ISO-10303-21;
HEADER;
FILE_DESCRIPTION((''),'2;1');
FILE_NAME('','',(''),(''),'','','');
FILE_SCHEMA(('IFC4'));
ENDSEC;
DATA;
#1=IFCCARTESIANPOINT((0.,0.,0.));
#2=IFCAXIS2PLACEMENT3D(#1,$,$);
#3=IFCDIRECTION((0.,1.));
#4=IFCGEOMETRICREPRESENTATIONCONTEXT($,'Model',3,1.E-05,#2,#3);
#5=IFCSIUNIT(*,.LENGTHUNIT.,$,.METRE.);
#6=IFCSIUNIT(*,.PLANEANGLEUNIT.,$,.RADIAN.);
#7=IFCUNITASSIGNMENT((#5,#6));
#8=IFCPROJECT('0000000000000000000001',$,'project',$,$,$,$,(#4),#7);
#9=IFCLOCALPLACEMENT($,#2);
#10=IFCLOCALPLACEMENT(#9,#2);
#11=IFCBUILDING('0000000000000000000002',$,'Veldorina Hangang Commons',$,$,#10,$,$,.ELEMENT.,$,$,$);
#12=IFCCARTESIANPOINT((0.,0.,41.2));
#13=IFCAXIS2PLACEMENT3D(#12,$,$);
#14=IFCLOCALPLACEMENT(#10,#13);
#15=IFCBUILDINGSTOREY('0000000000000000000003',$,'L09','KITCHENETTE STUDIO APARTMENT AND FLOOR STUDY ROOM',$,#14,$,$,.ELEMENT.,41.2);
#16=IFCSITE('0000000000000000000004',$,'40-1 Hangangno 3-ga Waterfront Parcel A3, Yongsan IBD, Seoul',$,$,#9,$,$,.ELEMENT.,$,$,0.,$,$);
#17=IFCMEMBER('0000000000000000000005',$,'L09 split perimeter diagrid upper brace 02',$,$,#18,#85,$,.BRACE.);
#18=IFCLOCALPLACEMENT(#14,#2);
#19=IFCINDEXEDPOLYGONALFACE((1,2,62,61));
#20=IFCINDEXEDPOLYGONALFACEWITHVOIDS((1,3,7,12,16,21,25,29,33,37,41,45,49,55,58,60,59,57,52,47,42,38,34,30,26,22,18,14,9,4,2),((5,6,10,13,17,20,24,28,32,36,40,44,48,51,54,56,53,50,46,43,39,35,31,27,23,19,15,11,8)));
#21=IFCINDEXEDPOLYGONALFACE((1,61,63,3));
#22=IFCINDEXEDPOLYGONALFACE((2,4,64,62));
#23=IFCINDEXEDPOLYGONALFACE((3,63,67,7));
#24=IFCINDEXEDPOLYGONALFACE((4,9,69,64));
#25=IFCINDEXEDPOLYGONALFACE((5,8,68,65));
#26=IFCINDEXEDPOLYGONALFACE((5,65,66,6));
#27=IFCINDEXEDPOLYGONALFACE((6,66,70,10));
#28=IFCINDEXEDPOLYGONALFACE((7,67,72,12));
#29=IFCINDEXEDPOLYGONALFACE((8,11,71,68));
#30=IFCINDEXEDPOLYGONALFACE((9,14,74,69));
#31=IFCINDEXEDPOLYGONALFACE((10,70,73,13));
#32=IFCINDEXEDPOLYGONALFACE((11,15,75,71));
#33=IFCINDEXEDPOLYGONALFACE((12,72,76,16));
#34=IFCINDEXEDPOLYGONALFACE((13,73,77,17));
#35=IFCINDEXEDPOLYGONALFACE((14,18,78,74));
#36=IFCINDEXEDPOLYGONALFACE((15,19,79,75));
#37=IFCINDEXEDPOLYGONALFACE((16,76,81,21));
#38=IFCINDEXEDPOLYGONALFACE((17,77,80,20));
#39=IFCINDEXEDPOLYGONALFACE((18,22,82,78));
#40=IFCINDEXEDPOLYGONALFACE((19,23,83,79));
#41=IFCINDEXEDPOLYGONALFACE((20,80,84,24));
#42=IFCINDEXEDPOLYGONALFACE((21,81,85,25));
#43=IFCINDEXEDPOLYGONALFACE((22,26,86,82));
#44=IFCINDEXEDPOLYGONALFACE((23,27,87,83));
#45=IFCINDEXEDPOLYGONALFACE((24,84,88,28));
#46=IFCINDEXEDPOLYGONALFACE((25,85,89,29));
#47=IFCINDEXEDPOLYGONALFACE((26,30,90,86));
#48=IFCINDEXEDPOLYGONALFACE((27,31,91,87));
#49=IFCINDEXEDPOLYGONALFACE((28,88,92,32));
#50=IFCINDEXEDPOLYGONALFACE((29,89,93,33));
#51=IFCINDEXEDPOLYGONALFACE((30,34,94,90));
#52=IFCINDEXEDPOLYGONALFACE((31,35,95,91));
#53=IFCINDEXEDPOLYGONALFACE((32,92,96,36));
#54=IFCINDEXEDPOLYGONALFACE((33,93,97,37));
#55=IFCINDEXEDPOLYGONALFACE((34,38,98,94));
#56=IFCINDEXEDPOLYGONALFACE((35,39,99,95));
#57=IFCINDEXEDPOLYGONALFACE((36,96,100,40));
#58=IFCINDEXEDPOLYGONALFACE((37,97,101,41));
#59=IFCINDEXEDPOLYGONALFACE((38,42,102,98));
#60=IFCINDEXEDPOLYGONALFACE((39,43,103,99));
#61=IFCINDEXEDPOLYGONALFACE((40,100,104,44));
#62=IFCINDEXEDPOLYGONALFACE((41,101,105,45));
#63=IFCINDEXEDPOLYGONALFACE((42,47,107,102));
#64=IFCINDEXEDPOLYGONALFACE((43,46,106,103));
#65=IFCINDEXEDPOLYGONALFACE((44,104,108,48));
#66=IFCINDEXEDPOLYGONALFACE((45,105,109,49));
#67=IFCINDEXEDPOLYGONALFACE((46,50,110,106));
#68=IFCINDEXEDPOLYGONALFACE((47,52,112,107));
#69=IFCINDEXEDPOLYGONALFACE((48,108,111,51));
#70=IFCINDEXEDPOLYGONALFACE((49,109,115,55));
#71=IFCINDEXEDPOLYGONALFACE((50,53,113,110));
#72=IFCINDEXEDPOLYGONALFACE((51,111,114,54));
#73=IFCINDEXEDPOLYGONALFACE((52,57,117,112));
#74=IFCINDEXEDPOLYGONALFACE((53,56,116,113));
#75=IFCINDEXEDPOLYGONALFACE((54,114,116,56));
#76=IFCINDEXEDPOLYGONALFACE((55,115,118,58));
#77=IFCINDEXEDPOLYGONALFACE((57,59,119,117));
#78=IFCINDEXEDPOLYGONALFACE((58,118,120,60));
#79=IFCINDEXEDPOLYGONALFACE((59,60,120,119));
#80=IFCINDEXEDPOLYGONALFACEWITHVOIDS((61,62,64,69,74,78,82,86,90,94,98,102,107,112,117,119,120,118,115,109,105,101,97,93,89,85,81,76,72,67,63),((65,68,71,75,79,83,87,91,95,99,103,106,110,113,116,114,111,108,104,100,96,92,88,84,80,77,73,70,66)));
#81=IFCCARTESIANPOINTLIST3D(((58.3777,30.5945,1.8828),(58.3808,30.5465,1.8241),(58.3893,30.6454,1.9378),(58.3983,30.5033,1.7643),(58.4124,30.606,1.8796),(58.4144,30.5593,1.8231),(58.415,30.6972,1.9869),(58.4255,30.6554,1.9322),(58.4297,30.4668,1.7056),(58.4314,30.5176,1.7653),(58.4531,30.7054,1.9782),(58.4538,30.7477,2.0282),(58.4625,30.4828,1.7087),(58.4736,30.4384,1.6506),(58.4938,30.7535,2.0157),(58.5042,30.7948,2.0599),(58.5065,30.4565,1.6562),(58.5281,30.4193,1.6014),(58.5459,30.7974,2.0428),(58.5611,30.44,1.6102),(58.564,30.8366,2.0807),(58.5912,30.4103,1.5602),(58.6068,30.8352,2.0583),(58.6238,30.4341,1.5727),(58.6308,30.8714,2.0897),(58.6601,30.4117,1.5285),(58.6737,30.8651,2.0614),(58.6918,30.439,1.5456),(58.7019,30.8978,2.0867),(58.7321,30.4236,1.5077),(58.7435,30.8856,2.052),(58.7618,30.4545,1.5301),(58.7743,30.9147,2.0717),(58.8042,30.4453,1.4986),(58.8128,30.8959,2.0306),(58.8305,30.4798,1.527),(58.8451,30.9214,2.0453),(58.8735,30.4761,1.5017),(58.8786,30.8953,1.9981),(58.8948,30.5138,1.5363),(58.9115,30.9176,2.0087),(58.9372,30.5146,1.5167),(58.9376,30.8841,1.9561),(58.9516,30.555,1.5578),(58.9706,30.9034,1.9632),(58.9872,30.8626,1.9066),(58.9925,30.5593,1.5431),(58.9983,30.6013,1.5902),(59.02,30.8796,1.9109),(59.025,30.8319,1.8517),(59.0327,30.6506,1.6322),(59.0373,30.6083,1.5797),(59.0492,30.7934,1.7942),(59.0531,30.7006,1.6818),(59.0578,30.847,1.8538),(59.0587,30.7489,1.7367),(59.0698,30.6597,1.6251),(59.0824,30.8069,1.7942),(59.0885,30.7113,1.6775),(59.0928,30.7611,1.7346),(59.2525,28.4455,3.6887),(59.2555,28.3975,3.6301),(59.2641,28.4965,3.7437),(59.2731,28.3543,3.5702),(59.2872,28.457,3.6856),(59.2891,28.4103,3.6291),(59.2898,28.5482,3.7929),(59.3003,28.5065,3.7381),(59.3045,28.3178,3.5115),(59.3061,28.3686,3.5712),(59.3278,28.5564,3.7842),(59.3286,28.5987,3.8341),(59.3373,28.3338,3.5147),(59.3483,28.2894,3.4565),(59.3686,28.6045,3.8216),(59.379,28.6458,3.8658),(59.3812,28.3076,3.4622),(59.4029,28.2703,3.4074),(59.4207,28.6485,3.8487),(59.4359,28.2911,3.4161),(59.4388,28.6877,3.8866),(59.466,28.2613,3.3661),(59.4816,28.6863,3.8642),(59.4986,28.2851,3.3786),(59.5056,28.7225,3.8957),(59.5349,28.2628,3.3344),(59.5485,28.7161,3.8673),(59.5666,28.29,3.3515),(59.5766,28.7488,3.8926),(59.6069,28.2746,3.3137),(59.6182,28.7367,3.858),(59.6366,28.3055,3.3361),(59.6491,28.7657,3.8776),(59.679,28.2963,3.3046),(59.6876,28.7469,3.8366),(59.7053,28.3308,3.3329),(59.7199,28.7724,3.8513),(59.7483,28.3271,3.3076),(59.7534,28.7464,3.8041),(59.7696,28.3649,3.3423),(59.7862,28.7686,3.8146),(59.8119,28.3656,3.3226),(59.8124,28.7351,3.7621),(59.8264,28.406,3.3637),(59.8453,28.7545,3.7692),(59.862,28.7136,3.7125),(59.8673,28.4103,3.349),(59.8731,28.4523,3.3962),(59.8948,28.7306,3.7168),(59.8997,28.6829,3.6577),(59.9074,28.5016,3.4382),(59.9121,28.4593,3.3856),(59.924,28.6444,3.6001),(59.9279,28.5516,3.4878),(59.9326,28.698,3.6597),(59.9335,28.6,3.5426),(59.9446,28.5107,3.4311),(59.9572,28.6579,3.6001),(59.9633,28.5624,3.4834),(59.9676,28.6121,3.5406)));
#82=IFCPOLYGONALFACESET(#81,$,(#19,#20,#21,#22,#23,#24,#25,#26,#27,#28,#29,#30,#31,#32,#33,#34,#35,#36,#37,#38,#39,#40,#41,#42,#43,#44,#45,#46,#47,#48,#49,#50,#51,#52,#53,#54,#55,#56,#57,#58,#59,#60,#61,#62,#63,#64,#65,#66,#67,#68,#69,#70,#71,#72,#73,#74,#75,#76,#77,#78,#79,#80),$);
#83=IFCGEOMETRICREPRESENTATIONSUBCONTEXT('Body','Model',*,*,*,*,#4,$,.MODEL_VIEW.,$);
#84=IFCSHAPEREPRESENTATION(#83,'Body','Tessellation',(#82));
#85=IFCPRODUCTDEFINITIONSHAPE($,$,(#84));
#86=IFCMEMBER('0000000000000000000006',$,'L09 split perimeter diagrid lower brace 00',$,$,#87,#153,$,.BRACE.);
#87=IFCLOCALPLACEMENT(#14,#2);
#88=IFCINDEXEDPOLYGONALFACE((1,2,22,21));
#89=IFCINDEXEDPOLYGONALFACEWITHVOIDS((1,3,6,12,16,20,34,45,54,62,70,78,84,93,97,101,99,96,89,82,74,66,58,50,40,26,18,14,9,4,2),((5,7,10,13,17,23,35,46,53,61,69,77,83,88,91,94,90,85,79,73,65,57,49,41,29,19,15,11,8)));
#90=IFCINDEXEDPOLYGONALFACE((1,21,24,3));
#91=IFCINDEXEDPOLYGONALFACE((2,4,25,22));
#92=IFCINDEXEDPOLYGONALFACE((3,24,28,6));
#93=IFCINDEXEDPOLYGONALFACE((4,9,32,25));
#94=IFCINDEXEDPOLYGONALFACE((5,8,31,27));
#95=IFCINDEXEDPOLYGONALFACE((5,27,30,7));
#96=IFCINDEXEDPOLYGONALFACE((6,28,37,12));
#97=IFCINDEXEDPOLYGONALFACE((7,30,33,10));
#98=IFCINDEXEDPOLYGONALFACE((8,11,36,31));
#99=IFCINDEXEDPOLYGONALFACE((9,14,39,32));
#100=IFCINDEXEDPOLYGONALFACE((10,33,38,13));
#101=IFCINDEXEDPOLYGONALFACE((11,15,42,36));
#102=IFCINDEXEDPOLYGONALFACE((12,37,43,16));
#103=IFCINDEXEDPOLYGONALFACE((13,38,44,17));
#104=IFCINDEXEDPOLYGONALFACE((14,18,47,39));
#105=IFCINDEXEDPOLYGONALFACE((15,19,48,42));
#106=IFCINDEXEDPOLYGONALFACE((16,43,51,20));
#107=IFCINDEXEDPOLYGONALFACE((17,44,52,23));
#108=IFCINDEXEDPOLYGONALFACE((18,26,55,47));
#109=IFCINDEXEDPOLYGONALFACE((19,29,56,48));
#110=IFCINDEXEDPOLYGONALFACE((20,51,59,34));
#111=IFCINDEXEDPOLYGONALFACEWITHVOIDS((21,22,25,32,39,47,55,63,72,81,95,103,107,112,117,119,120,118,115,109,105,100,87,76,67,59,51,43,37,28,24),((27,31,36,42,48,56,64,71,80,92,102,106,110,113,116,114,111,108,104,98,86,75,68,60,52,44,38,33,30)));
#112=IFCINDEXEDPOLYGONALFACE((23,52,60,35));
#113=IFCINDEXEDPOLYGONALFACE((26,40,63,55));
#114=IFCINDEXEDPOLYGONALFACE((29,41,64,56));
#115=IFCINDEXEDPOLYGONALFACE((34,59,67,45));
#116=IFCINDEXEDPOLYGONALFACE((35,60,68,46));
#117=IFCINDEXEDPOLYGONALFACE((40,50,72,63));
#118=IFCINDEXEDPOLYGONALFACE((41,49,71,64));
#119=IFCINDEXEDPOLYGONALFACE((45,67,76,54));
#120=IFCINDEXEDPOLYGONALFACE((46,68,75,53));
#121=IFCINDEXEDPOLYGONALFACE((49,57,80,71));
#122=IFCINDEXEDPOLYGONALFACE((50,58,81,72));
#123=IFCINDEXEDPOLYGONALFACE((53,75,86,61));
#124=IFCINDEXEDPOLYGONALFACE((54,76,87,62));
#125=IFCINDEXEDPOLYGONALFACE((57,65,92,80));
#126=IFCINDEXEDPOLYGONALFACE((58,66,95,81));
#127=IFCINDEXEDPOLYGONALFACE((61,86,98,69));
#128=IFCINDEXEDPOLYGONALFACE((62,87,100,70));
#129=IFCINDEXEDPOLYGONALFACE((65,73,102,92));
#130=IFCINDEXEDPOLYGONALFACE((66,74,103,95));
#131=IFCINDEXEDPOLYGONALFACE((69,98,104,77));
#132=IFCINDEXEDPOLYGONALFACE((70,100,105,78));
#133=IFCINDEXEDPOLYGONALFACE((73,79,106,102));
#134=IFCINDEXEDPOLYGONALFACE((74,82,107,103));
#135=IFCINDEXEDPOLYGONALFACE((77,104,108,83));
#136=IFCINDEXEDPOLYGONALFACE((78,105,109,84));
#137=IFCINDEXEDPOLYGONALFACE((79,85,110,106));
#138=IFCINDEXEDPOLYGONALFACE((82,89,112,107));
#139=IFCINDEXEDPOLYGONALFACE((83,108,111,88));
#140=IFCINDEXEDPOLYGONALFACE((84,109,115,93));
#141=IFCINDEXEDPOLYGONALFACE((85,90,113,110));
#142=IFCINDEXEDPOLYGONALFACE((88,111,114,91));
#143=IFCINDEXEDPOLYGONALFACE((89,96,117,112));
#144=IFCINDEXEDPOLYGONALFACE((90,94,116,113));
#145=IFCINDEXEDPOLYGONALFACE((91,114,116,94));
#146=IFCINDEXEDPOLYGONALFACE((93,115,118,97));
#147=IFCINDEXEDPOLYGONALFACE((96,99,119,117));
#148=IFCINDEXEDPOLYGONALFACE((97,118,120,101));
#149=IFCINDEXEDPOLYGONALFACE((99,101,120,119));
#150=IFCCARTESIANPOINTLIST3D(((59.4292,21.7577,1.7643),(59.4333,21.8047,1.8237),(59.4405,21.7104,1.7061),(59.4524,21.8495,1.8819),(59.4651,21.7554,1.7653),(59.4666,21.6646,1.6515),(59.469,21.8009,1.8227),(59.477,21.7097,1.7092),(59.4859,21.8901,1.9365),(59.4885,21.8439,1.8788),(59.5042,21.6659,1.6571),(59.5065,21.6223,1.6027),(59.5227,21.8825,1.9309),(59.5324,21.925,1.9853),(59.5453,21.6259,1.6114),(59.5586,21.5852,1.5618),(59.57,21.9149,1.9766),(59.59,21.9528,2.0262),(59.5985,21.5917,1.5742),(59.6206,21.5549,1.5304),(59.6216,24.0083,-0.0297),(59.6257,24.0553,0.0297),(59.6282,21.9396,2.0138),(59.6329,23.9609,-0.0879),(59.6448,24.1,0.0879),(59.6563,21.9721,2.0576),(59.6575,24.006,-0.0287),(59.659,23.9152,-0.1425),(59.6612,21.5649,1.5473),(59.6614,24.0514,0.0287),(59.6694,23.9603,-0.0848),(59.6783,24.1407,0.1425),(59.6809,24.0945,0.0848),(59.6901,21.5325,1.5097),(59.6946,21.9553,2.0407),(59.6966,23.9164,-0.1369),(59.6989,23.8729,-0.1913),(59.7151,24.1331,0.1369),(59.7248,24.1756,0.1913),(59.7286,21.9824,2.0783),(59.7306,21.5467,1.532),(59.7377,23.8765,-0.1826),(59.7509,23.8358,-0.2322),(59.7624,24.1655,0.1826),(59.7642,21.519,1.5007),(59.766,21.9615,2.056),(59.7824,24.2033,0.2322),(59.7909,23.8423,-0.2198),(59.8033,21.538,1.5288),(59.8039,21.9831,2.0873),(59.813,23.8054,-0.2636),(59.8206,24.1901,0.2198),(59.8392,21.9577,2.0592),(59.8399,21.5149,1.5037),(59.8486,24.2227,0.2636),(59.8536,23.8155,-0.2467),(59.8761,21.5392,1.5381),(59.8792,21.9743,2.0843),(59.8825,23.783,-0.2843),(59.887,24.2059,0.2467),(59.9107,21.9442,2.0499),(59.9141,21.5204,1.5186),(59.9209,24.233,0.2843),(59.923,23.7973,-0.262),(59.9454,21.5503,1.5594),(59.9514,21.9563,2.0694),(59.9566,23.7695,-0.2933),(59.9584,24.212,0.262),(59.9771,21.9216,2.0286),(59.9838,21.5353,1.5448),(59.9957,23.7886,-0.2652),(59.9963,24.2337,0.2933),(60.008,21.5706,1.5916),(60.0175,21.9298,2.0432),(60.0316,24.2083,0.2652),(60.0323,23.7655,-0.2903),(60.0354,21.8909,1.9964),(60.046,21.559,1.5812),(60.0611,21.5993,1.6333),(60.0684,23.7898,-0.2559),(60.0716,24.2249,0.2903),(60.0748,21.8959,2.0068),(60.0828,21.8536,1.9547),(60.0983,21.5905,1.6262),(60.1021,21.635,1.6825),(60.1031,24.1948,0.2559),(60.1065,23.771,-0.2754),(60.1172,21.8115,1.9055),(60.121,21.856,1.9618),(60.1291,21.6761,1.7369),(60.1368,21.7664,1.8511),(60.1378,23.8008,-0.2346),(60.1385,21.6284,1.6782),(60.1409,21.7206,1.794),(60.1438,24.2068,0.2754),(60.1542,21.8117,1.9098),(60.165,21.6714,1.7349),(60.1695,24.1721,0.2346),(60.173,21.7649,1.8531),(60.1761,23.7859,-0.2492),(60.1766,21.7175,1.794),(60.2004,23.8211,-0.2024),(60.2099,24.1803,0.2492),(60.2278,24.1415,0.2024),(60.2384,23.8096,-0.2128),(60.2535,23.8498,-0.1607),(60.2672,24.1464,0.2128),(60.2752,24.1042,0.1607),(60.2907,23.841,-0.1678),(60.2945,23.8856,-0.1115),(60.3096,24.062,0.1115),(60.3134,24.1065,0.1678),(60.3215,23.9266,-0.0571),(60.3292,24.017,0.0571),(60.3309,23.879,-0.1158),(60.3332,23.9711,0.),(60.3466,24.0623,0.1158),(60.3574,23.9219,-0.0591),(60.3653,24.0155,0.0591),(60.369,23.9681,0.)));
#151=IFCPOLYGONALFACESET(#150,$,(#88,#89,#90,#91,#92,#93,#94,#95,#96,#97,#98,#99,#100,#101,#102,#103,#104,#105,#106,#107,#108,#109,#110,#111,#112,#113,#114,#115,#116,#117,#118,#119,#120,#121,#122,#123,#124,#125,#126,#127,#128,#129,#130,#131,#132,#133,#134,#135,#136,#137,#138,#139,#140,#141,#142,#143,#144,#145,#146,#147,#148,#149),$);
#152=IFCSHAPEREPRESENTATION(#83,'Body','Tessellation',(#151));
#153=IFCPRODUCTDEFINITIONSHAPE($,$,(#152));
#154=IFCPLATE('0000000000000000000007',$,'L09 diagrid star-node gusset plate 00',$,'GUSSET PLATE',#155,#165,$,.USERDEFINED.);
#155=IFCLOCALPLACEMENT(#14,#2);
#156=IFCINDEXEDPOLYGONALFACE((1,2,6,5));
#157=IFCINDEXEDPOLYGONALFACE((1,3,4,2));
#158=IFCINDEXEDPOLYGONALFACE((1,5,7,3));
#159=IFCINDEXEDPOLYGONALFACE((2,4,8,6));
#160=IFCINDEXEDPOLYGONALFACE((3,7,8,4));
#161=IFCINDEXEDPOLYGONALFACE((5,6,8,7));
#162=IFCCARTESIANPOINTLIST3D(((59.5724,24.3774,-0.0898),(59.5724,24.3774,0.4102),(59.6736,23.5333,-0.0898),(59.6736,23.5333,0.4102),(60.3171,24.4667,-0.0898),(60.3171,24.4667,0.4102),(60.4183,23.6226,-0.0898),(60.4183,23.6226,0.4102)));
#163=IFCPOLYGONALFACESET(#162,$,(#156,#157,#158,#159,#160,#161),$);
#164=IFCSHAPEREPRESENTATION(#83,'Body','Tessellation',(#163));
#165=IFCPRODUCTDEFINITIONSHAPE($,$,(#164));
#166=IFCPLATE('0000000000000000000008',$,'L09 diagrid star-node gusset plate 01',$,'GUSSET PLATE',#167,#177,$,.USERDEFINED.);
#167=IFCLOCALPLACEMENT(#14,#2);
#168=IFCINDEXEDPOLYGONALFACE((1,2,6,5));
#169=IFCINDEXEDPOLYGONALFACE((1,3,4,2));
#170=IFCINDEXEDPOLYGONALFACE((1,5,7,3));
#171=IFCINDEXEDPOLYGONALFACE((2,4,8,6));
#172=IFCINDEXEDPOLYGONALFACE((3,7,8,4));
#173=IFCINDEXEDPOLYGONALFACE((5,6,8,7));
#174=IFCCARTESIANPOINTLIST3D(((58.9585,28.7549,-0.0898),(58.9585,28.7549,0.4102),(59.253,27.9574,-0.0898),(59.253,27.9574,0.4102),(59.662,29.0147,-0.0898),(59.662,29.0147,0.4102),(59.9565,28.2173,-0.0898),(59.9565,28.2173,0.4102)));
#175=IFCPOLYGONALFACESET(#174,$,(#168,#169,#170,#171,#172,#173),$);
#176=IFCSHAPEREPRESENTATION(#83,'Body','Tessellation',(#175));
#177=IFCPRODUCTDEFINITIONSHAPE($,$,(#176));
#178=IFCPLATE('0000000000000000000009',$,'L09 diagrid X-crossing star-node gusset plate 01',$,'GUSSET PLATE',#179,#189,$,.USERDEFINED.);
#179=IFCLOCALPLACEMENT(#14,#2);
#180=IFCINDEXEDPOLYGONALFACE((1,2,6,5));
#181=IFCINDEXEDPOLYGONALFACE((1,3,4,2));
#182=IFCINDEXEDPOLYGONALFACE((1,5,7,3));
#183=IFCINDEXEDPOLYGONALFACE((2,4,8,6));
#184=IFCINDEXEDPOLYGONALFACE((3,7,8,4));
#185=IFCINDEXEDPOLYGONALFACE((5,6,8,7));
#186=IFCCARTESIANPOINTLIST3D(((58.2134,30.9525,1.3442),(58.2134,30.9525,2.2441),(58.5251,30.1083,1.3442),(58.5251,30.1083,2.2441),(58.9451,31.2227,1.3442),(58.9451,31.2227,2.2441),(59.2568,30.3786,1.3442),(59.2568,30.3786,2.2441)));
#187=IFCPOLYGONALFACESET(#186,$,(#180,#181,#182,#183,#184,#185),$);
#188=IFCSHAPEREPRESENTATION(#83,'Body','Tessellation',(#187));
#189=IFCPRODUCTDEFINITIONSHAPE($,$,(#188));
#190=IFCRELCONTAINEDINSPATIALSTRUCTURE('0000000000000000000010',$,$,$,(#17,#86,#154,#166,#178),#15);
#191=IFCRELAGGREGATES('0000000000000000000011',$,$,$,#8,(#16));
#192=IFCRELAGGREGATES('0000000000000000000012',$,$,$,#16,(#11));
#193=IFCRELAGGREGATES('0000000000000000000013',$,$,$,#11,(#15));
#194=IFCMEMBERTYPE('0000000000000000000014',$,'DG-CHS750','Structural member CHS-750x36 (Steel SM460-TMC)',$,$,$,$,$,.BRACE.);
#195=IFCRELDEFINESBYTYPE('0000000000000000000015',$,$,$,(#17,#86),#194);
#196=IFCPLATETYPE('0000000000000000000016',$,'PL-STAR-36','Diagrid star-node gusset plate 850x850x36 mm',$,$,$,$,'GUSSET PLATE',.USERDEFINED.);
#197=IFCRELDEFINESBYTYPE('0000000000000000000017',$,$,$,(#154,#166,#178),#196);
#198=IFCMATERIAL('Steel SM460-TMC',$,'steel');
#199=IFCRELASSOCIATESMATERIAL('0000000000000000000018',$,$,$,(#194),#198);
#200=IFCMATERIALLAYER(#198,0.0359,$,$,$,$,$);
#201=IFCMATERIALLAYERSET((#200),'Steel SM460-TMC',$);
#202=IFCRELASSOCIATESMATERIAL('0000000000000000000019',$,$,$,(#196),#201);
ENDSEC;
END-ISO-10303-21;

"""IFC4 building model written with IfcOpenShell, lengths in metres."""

from ifc_helpers import new_model, si_unit, direction, frame, origin, origin_2d, place, context, subcontext, project, spatial, rectangle, hollow_circle, extrude, material, layer, layer_set, material_profile, profile_set, type_object, element, save


model = new_model("IFC4")

# Units and contexts
model_context = context("Model", 3, precision=1e-05, world=origin(), true_north=direction((0.0, 1.0)))
body_context = subcontext(model_context, "Body", "Model", "MODEL_VIEW")
ifc_project = project(units=[si_unit("LENGTHUNIT", "METRE"), si_unit("PLANEANGLEUNIT", "RADIAN")], contexts=[model_context])

# Site, building, storey
site_placement = place(None, origin())
site = spatial("IfcSite", under=ifc_project, at=site_placement, Name="40-1 Hangangno 3-ga Waterfront Parcel A3, Yongsan IBD, Seoul", CompositionType="ELEMENT", RefElevation=0.0)
building_placement = place(site_placement, origin())
building = spatial("IfcBuilding", under=site, at=building_placement, Name="Veldorina Hangang Commons", CompositionType="ELEMENT")
storey_placement = place(building_placement, frame((0.0, 0.0, 41.2)))
storey = spatial("IfcBuildingStorey", under=building, at=storey_placement, Name="L09", Description="KITCHENETTE STUDIO APARTMENT AND FLOOR STUDY ROOM", CompositionType="ELEMENT", Elevation=41.2)

# Shared definitions
ifc_material_1 = material(Name="Steel SM460-TMC", Category="steel")

# Members
ifc_material_profile_1 = material_profile(ifc_material_1, hollow_circle(Radius=0.375, WallThickness=0.0359, at=origin_2d()), Name="CHS-750x36")
ifc_profile_set_1 = profile_set([ifc_material_profile_1], Name="Steel SM460-TMC")
member_type = type_object("IfcMemberType", Name="DG-CHS750", Description="Structural member CHS-750x36 (Steel SM460-TMC)", PredefinedType="BRACE", material=ifc_profile_set_1)
member_1_placement = place(storey_placement, frame((58.7351, 30.6655, 1.7942), z_axis=(0.297523, -0.730894, 0.614227), x_axis=(0.926203, 0.377026, 0.0)))
element("IfcMember", 1, at=member_1_placement, inside=storey, type_object=member_type, Name="L09 split perimeter diagrid upper brace 02", PredefinedType="BRACE", context=body_context, shape_type="SweptSolid", body=[
    extrude(hollow_circle(Radius=0.375, WallThickness=0.0359, at=origin_2d()), origin(), (0.0, 0.0, 1.0), 2.9402),
])
member_2_placement = place(storey_placement, frame((59.9954, 24.0, 0.0), z_axis=(-0.066697, -0.780219, 0.621941), x_axis=(0.996366, -0.085174, 0.0)))
element("IfcMember", 2, at=member_2_placement, inside=storey, type_object=member_type, Name="L09 split perimeter diagrid lower brace 00", PredefinedType="BRACE", context=body_context, shape_type="SweptSolid", body=[
    extrude(hollow_circle(Radius=0.375, WallThickness=0.0359, at=origin_2d()), origin(), (0.0, 0.0, 1.0), 2.8845),
])

# Plates
ifc_layer_1 = layer(ifc_material_1, 0.0359)
ifc_layer_set_1 = layer_set([ifc_layer_1], Name="Steel SM460-TMC")
plate_type = type_object("IfcPlateType", Name="PL-STAR-36", Description="Diagrid star-node gusset plate 850x850x36 mm", ElementType="GUSSET PLATE", PredefinedType="USERDEFINED", material=ifc_layer_set_1)
for number, where, z_axis, x_axis, name in (
    (3, (59.9954, 24.0, -0.0898), (0.0, 0.0, 1.0), (-0.119045, 0.992889, 0.0), "L09 diagrid star-node gusset plate 00"),
    (4, (59.4575, 28.4861, -0.0898), (0.0, 0.0, 1.0), (-0.346428, 0.938077, 0.0), "L09 diagrid star-node gusset plate 01"),
):
    element("IfcPlate", number, at=place(storey_placement, frame(where, z_axis=z_axis, x_axis=x_axis)), inside=storey, type_object=plate_type, Name=name, ObjectType="GUSSET PLATE", PredefinedType="USERDEFINED", context=body_context, shape_type="SweptSolid", body=[
        extrude(rectangle(XDim=0.8501, YDim=0.75, at=origin_2d()), origin(), (0.0, 0.0, 1.0), 0.5),
    ])
plate_placement = place(storey_placement, frame((58.7351, 30.6655, 1.3442), z_axis=(0.0, 0.0, 1.0), x_axis=(-0.346428, 0.938077, 0.0)))
element("IfcPlate", 5, at=plate_placement, inside=storey, type_object=plate_type, Name="L09 diagrid X-crossing star-node gusset plate 01", ObjectType="GUSSET PLATE", PredefinedType="USERDEFINED", context=body_context, shape_type="SweptSolid", body=[
    extrude(rectangle(XDim=0.8999, YDim=0.78, at=origin_2d()), origin(), (0.0, 0.0, 1.0), 0.8999),
])

save(model, "model.ifc")
